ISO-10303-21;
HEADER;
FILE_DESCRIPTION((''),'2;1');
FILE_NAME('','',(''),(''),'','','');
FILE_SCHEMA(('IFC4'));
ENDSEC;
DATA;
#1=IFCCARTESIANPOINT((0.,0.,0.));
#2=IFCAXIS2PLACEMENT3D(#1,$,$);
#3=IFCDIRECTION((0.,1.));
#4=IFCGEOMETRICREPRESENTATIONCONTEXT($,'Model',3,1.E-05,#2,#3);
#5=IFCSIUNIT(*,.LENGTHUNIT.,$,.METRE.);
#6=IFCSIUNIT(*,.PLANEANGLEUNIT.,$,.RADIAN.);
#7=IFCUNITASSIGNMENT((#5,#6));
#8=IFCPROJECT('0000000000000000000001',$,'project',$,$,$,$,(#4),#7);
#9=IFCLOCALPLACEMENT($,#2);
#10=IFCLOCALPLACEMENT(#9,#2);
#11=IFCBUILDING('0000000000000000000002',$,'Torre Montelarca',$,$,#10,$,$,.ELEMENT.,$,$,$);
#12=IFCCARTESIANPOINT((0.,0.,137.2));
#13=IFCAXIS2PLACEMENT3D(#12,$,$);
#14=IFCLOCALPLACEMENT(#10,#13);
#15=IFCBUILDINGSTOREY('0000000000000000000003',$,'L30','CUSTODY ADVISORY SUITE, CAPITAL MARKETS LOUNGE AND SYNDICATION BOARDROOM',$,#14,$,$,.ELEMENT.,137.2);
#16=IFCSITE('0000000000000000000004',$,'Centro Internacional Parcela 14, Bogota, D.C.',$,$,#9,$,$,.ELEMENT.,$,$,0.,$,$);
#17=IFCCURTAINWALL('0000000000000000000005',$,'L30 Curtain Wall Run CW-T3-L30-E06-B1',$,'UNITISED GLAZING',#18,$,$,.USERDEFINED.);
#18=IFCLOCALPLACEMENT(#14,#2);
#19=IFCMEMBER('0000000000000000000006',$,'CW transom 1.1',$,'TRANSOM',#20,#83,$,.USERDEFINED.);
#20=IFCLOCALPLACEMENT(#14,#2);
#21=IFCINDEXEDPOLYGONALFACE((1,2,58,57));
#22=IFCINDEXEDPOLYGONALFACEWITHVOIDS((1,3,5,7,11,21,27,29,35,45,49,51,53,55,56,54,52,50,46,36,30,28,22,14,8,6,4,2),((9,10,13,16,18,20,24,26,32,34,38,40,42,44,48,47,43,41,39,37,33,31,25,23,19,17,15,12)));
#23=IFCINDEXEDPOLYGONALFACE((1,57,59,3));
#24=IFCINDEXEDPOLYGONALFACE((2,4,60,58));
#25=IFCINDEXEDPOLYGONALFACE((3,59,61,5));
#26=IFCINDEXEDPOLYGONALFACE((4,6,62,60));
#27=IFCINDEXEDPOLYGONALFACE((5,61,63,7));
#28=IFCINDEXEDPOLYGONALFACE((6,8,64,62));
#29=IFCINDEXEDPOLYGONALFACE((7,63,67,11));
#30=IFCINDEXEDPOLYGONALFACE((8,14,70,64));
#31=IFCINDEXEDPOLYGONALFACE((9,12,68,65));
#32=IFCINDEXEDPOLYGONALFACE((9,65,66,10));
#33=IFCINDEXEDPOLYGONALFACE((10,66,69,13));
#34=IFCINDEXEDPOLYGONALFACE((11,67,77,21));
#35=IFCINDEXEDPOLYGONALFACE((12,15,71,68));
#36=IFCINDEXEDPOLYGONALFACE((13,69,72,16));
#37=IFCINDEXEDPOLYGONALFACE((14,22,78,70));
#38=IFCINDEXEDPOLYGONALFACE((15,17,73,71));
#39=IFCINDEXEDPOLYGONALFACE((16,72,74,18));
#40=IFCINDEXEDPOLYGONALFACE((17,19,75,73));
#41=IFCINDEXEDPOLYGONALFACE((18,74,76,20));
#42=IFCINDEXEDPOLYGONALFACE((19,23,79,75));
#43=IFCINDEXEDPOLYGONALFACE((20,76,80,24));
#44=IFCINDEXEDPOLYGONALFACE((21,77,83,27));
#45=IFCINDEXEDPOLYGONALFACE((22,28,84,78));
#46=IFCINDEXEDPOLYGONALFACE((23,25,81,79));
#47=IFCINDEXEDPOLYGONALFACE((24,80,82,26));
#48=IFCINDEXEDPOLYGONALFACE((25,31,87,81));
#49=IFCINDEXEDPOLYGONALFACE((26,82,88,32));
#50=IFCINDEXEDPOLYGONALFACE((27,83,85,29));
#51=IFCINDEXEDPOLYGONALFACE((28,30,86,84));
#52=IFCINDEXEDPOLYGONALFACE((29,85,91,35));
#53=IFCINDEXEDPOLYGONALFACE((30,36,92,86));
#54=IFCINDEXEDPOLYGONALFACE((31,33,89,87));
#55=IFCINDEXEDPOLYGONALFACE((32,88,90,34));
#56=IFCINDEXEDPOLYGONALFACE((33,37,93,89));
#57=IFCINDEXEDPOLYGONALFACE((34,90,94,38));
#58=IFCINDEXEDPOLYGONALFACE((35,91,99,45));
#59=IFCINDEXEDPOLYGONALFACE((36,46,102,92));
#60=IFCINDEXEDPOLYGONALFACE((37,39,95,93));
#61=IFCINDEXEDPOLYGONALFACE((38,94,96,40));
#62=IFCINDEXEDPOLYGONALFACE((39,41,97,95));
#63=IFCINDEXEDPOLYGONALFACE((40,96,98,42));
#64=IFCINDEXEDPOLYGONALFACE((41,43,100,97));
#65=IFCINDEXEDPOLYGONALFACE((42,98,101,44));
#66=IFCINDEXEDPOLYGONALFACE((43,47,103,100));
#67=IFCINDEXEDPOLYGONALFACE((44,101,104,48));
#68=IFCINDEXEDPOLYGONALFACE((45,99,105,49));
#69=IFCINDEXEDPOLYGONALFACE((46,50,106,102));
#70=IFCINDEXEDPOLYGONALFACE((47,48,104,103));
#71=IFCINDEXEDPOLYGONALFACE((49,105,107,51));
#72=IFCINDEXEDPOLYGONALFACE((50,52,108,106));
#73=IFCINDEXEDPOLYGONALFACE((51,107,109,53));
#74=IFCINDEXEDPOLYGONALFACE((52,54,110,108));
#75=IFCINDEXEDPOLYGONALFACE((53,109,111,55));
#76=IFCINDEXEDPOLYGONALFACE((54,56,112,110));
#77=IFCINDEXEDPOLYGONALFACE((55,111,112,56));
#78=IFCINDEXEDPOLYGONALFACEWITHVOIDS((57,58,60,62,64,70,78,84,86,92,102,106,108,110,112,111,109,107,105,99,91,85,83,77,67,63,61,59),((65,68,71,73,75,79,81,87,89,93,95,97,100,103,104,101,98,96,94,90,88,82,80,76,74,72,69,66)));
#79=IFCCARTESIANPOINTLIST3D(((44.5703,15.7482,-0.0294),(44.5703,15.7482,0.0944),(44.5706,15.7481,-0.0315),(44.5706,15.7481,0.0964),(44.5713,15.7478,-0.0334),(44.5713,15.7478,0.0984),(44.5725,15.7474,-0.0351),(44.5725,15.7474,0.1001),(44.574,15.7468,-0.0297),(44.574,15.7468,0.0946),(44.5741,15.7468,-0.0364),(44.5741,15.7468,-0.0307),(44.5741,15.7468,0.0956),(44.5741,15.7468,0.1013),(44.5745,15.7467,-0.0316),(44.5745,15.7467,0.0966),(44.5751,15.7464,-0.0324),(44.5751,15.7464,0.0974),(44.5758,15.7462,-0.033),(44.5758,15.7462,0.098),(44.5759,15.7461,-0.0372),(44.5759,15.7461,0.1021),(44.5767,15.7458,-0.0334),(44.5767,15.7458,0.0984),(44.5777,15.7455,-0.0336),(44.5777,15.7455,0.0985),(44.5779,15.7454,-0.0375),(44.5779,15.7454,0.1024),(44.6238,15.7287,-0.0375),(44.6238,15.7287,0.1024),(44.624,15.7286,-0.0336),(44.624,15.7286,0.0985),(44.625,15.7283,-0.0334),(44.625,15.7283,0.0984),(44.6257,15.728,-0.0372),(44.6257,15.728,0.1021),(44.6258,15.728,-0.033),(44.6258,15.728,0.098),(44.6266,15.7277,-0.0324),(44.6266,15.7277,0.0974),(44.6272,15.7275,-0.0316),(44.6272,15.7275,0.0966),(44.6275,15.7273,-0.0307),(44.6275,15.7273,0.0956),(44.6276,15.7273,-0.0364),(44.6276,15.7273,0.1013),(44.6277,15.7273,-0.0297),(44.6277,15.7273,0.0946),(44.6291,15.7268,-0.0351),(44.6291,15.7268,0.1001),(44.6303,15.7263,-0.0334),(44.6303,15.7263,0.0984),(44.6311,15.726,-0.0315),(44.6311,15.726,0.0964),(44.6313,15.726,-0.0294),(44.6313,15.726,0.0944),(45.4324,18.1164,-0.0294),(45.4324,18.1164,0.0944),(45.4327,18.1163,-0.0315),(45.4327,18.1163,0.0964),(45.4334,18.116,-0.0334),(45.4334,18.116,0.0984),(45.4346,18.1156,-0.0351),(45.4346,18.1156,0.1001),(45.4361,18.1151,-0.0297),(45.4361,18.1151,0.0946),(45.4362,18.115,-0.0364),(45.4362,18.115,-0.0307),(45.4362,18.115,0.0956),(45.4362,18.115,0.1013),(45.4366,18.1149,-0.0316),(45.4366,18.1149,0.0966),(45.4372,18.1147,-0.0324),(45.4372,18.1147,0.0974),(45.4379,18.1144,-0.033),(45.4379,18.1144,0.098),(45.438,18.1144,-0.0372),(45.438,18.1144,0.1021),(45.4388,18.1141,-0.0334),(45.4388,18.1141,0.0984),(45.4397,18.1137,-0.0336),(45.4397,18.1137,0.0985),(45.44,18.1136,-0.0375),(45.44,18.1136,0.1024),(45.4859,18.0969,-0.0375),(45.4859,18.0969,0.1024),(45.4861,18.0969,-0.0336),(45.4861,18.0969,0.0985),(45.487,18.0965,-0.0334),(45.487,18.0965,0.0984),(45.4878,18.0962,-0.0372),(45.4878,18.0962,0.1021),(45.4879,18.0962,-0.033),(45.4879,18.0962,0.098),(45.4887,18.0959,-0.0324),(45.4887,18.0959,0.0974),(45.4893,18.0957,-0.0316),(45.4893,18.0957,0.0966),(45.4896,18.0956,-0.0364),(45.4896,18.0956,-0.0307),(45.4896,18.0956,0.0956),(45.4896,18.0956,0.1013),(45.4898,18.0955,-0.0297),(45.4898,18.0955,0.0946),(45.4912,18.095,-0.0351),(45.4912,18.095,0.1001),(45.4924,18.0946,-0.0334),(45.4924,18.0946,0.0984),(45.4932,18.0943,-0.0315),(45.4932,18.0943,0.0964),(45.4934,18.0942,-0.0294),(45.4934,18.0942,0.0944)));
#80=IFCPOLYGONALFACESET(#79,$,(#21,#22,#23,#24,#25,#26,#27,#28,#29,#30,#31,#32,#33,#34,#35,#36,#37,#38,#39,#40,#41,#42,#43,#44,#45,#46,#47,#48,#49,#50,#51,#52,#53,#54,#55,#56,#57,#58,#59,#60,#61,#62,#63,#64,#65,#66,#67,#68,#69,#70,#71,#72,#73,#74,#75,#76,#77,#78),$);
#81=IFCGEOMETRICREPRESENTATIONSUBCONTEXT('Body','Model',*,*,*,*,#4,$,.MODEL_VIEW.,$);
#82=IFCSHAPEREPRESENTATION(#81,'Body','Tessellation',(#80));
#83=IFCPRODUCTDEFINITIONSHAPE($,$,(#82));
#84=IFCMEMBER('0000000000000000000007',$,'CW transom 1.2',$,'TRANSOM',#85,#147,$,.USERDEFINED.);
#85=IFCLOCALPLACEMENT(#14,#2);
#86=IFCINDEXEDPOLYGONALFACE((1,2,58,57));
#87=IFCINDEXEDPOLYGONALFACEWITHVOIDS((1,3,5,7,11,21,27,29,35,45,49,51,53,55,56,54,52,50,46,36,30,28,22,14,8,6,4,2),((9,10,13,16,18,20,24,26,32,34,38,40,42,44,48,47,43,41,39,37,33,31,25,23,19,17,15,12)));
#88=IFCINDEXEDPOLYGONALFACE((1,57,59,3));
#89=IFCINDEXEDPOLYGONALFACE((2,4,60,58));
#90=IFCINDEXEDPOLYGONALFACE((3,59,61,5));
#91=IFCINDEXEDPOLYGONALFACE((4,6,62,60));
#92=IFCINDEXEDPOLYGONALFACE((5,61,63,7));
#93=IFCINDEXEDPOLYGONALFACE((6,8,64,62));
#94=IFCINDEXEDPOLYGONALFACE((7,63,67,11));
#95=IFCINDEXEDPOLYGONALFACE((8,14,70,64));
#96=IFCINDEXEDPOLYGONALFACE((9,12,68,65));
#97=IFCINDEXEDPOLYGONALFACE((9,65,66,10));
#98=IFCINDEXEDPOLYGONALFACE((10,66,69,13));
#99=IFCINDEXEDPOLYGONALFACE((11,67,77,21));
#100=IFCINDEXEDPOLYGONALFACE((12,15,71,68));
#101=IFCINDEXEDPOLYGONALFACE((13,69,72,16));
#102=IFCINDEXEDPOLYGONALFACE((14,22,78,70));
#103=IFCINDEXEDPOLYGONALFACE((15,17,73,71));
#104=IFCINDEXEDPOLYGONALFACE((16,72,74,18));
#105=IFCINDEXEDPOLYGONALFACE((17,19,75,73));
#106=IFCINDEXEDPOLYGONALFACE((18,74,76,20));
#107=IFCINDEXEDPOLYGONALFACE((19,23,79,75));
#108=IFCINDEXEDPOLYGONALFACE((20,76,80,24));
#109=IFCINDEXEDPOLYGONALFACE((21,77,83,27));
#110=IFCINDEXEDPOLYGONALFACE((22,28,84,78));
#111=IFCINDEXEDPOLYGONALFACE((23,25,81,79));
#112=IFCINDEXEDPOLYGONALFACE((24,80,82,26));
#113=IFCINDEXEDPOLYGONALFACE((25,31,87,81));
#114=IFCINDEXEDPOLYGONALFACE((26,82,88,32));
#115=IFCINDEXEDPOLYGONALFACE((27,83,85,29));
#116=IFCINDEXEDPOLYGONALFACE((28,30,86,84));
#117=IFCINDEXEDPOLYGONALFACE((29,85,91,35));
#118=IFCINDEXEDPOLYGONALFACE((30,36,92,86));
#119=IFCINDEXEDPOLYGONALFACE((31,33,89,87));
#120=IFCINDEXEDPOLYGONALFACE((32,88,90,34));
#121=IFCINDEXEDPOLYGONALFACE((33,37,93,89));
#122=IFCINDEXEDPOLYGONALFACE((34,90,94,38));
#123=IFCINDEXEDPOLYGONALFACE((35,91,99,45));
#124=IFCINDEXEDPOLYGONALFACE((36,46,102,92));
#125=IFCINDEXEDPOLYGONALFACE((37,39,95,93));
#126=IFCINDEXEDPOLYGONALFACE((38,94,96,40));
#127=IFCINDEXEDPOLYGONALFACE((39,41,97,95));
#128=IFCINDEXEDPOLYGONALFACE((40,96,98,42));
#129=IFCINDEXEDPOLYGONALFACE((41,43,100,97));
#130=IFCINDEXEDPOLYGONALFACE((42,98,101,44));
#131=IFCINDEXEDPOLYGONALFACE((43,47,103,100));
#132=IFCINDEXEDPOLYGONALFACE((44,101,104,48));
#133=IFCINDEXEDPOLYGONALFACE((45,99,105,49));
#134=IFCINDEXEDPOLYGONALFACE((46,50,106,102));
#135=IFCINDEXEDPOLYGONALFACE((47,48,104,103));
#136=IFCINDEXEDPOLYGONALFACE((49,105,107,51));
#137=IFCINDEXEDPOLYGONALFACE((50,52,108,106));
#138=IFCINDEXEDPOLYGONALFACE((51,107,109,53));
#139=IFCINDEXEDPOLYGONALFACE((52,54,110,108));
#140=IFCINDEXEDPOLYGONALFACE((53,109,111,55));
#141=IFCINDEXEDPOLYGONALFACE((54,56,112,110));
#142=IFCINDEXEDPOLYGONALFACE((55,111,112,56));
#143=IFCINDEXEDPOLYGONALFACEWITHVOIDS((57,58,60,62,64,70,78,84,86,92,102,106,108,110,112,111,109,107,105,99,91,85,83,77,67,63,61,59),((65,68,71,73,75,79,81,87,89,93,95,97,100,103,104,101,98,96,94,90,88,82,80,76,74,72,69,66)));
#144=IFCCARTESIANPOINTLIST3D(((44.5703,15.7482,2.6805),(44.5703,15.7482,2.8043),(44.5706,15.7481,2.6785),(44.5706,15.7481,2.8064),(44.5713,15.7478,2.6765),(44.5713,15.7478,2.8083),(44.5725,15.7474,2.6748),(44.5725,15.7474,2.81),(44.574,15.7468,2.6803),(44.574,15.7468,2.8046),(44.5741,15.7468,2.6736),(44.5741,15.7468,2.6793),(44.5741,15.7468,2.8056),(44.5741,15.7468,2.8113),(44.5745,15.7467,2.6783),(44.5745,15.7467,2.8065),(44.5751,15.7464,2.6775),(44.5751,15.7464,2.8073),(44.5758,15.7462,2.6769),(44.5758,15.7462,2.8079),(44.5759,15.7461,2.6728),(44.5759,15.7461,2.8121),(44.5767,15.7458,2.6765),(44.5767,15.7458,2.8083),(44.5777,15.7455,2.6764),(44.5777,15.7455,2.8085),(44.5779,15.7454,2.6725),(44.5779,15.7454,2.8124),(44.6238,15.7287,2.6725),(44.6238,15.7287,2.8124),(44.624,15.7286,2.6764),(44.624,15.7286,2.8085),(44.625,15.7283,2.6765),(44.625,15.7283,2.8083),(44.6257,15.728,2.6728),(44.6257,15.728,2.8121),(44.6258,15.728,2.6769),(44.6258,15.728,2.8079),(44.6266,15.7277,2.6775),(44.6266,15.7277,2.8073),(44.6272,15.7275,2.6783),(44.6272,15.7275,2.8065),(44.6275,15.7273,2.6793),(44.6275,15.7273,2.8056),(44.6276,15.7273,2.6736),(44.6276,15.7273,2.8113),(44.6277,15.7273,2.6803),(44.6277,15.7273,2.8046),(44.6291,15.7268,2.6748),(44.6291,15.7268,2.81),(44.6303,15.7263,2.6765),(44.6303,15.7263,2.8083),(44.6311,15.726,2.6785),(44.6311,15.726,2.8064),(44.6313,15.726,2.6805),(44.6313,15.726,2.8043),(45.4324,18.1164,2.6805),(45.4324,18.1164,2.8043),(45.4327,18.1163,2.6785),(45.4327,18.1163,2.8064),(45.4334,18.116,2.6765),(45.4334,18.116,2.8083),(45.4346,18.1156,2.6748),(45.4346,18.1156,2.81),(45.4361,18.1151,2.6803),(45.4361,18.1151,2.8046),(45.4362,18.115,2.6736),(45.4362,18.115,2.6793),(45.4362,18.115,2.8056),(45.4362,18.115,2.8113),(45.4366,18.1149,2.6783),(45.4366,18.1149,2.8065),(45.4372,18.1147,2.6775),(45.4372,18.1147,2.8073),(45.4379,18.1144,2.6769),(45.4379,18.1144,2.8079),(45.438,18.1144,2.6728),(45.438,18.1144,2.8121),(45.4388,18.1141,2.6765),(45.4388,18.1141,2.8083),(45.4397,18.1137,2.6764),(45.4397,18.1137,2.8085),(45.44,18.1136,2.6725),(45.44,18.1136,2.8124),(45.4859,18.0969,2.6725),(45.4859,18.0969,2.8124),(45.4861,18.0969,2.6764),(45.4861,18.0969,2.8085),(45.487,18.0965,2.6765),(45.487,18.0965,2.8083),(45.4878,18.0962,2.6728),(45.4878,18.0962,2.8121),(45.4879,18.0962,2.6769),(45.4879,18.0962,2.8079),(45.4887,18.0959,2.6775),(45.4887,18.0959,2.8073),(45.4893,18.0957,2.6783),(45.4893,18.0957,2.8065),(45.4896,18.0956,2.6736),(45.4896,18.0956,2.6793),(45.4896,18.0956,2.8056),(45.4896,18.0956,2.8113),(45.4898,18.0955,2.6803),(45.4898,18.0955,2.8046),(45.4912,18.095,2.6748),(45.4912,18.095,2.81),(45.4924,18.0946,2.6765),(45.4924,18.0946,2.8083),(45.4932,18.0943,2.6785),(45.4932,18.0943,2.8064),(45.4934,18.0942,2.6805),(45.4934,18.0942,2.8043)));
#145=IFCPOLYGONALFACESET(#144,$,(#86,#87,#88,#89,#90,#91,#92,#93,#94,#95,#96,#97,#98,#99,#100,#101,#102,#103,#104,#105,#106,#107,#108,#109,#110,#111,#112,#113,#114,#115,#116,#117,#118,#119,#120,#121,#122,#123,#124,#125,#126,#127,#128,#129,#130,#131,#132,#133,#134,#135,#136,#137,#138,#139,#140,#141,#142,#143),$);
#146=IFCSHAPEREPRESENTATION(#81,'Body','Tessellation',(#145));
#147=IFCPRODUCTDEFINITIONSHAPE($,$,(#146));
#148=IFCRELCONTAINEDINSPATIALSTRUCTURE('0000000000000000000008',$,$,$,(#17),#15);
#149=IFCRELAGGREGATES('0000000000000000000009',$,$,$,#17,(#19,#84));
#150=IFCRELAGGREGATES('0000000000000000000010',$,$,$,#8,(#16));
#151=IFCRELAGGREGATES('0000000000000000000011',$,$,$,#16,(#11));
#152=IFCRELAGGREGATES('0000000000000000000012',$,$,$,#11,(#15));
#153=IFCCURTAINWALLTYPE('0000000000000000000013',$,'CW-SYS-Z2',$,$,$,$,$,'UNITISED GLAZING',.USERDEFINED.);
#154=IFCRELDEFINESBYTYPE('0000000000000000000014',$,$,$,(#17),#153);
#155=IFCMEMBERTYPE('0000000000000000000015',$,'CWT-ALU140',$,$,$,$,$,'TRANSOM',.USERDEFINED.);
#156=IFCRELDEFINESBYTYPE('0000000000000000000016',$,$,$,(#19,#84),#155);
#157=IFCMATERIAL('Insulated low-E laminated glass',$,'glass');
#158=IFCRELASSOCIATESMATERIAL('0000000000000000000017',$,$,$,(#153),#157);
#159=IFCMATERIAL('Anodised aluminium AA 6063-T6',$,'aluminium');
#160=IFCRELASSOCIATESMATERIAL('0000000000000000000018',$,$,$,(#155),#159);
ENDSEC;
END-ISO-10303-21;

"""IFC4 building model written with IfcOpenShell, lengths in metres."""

from ifc_helpers import new_model, si_unit, direction, frame, origin, origin_2d, place, context, subcontext, project, spatial, hollow_rectangle, extrude, source, transform, mapped, material, material_profile, profile_set, type_object, element, aggregate, save


model = new_model("IFC4")

# Units and contexts
model_context = context("Model", 3, precision=1e-05, world=origin(), true_north=direction((0.0, 1.0)))
body_context = subcontext(model_context, "Body", "Model", "MODEL_VIEW")
ifc_project = project(units=[si_unit("LENGTHUNIT", "METRE"), si_unit("PLANEANGLEUNIT", "RADIAN")], contexts=[model_context])

# Site, building, storey
site_placement = place(None, origin())
site = spatial("IfcSite", under=ifc_project, at=site_placement, Name="Centro Internacional Parcela 14, Bogota, D.C.", CompositionType="ELEMENT", RefElevation=0.0)
building_placement = place(site_placement, origin())
building = spatial("IfcBuilding", under=site, at=building_placement, Name="Torre Montelarca", CompositionType="ELEMENT")
storey_placement = place(building_placement, frame((0.0, 0.0, 137.2)))
storey = spatial("IfcBuildingStorey", under=building, at=storey_placement, Name="L30", Description="CUSTODY ADVISORY SUITE, CAPITAL MARKETS LOUNGE AND SYNDICATION BOARDROOM", CompositionType="ELEMENT", Elevation=137.2)

# Curtain wall
ifc_material_1 = material(Name="Insulated low-E laminated glass", Category="glass")
curtain_wall_type = type_object("IfcCurtainWallType", Name="CW-SYS-Z2", ElementType="UNITISED GLAZING", PredefinedType="USERDEFINED", material=ifc_material_1)
ifc_material_2 = material(Name="Anodised aluminium AA 6063-T6", Category="aluminium")
curtain_wall_1_placement = place(storey_placement, origin())
curtain_wall_1 = element("IfcCurtainWall", 1, at=curtain_wall_1_placement, inside=storey, type_object=curtain_wall_type, Name="L30 Curtain Wall Run CW-T3-L30-E06-B1", ObjectType="UNITISED GLAZING", PredefinedType="USERDEFINED")

# Members
ifc_material_profile_1 = material_profile(ifc_material_2, hollow_rectangle(XDim=0.0649, YDim=0.1399, WallThickness=0.0039, InnerFilletRadius=0.0039, OuterFilletRadius=0.0081, at=origin_2d()), Name="ALU65X140X4", Category="aluminium")
ifc_profile_set_1 = profile_set([ifc_material_profile_1], Name="Anodised aluminium AA 6063-T6")
member_type_1 = type_object("IfcMemberType", Name="CWT-ALU140", ElementType="TRANSOM", PredefinedType="USERDEFINED", material=ifc_profile_set_1)
shared_shape_1 = source(origin(), body_context, "Body", "SweptSolid", [
    extrude(hollow_rectangle(XDim=0.0649, YDim=0.1399, WallThickness=0.0039, InnerFilletRadius=0.0039, OuterFilletRadius=0.0081, at=origin_2d()), origin(), (0.0, 0.0, 1.0), 2.5203),
])
member_1_placement = place(storey_placement, frame((44.6008, 15.7371, 0.0325), z_axis=(0.342062, 0.939677, 0.0), x_axis=(-0.939677, 0.342062, 0.0)))
member_1 = element("IfcMember", 2, at=member_1_placement, type_object=member_type_1, Name="CW transom 1.1", ObjectType="TRANSOM", PredefinedType="USERDEFINED", context=body_context, shape_type="MappedRepresentation", body=[
    mapped(shared_shape_1, transform((0.0, 0.0, 0.0), scale=1.0)),
])
member_2_placement = place(storey_placement, frame((44.6008, 15.7371, 2.7424), z_axis=(0.342062, 0.939677, 0.0), x_axis=(-0.939677, 0.342062, 0.0)))
member_2 = element("IfcMember", 3, at=member_2_placement, type_object=member_type_1, Name="CW transom 1.2", ObjectType="TRANSOM", PredefinedType="USERDEFINED", context=body_context, shape_type="MappedRepresentation", body=[
    mapped(shared_shape_1, transform((0.0, 0.0, 0.0), scale=1.0)),
])

aggregate(curtain_wall_1, [member_1, member_2])

save(model, "model.ifc")
